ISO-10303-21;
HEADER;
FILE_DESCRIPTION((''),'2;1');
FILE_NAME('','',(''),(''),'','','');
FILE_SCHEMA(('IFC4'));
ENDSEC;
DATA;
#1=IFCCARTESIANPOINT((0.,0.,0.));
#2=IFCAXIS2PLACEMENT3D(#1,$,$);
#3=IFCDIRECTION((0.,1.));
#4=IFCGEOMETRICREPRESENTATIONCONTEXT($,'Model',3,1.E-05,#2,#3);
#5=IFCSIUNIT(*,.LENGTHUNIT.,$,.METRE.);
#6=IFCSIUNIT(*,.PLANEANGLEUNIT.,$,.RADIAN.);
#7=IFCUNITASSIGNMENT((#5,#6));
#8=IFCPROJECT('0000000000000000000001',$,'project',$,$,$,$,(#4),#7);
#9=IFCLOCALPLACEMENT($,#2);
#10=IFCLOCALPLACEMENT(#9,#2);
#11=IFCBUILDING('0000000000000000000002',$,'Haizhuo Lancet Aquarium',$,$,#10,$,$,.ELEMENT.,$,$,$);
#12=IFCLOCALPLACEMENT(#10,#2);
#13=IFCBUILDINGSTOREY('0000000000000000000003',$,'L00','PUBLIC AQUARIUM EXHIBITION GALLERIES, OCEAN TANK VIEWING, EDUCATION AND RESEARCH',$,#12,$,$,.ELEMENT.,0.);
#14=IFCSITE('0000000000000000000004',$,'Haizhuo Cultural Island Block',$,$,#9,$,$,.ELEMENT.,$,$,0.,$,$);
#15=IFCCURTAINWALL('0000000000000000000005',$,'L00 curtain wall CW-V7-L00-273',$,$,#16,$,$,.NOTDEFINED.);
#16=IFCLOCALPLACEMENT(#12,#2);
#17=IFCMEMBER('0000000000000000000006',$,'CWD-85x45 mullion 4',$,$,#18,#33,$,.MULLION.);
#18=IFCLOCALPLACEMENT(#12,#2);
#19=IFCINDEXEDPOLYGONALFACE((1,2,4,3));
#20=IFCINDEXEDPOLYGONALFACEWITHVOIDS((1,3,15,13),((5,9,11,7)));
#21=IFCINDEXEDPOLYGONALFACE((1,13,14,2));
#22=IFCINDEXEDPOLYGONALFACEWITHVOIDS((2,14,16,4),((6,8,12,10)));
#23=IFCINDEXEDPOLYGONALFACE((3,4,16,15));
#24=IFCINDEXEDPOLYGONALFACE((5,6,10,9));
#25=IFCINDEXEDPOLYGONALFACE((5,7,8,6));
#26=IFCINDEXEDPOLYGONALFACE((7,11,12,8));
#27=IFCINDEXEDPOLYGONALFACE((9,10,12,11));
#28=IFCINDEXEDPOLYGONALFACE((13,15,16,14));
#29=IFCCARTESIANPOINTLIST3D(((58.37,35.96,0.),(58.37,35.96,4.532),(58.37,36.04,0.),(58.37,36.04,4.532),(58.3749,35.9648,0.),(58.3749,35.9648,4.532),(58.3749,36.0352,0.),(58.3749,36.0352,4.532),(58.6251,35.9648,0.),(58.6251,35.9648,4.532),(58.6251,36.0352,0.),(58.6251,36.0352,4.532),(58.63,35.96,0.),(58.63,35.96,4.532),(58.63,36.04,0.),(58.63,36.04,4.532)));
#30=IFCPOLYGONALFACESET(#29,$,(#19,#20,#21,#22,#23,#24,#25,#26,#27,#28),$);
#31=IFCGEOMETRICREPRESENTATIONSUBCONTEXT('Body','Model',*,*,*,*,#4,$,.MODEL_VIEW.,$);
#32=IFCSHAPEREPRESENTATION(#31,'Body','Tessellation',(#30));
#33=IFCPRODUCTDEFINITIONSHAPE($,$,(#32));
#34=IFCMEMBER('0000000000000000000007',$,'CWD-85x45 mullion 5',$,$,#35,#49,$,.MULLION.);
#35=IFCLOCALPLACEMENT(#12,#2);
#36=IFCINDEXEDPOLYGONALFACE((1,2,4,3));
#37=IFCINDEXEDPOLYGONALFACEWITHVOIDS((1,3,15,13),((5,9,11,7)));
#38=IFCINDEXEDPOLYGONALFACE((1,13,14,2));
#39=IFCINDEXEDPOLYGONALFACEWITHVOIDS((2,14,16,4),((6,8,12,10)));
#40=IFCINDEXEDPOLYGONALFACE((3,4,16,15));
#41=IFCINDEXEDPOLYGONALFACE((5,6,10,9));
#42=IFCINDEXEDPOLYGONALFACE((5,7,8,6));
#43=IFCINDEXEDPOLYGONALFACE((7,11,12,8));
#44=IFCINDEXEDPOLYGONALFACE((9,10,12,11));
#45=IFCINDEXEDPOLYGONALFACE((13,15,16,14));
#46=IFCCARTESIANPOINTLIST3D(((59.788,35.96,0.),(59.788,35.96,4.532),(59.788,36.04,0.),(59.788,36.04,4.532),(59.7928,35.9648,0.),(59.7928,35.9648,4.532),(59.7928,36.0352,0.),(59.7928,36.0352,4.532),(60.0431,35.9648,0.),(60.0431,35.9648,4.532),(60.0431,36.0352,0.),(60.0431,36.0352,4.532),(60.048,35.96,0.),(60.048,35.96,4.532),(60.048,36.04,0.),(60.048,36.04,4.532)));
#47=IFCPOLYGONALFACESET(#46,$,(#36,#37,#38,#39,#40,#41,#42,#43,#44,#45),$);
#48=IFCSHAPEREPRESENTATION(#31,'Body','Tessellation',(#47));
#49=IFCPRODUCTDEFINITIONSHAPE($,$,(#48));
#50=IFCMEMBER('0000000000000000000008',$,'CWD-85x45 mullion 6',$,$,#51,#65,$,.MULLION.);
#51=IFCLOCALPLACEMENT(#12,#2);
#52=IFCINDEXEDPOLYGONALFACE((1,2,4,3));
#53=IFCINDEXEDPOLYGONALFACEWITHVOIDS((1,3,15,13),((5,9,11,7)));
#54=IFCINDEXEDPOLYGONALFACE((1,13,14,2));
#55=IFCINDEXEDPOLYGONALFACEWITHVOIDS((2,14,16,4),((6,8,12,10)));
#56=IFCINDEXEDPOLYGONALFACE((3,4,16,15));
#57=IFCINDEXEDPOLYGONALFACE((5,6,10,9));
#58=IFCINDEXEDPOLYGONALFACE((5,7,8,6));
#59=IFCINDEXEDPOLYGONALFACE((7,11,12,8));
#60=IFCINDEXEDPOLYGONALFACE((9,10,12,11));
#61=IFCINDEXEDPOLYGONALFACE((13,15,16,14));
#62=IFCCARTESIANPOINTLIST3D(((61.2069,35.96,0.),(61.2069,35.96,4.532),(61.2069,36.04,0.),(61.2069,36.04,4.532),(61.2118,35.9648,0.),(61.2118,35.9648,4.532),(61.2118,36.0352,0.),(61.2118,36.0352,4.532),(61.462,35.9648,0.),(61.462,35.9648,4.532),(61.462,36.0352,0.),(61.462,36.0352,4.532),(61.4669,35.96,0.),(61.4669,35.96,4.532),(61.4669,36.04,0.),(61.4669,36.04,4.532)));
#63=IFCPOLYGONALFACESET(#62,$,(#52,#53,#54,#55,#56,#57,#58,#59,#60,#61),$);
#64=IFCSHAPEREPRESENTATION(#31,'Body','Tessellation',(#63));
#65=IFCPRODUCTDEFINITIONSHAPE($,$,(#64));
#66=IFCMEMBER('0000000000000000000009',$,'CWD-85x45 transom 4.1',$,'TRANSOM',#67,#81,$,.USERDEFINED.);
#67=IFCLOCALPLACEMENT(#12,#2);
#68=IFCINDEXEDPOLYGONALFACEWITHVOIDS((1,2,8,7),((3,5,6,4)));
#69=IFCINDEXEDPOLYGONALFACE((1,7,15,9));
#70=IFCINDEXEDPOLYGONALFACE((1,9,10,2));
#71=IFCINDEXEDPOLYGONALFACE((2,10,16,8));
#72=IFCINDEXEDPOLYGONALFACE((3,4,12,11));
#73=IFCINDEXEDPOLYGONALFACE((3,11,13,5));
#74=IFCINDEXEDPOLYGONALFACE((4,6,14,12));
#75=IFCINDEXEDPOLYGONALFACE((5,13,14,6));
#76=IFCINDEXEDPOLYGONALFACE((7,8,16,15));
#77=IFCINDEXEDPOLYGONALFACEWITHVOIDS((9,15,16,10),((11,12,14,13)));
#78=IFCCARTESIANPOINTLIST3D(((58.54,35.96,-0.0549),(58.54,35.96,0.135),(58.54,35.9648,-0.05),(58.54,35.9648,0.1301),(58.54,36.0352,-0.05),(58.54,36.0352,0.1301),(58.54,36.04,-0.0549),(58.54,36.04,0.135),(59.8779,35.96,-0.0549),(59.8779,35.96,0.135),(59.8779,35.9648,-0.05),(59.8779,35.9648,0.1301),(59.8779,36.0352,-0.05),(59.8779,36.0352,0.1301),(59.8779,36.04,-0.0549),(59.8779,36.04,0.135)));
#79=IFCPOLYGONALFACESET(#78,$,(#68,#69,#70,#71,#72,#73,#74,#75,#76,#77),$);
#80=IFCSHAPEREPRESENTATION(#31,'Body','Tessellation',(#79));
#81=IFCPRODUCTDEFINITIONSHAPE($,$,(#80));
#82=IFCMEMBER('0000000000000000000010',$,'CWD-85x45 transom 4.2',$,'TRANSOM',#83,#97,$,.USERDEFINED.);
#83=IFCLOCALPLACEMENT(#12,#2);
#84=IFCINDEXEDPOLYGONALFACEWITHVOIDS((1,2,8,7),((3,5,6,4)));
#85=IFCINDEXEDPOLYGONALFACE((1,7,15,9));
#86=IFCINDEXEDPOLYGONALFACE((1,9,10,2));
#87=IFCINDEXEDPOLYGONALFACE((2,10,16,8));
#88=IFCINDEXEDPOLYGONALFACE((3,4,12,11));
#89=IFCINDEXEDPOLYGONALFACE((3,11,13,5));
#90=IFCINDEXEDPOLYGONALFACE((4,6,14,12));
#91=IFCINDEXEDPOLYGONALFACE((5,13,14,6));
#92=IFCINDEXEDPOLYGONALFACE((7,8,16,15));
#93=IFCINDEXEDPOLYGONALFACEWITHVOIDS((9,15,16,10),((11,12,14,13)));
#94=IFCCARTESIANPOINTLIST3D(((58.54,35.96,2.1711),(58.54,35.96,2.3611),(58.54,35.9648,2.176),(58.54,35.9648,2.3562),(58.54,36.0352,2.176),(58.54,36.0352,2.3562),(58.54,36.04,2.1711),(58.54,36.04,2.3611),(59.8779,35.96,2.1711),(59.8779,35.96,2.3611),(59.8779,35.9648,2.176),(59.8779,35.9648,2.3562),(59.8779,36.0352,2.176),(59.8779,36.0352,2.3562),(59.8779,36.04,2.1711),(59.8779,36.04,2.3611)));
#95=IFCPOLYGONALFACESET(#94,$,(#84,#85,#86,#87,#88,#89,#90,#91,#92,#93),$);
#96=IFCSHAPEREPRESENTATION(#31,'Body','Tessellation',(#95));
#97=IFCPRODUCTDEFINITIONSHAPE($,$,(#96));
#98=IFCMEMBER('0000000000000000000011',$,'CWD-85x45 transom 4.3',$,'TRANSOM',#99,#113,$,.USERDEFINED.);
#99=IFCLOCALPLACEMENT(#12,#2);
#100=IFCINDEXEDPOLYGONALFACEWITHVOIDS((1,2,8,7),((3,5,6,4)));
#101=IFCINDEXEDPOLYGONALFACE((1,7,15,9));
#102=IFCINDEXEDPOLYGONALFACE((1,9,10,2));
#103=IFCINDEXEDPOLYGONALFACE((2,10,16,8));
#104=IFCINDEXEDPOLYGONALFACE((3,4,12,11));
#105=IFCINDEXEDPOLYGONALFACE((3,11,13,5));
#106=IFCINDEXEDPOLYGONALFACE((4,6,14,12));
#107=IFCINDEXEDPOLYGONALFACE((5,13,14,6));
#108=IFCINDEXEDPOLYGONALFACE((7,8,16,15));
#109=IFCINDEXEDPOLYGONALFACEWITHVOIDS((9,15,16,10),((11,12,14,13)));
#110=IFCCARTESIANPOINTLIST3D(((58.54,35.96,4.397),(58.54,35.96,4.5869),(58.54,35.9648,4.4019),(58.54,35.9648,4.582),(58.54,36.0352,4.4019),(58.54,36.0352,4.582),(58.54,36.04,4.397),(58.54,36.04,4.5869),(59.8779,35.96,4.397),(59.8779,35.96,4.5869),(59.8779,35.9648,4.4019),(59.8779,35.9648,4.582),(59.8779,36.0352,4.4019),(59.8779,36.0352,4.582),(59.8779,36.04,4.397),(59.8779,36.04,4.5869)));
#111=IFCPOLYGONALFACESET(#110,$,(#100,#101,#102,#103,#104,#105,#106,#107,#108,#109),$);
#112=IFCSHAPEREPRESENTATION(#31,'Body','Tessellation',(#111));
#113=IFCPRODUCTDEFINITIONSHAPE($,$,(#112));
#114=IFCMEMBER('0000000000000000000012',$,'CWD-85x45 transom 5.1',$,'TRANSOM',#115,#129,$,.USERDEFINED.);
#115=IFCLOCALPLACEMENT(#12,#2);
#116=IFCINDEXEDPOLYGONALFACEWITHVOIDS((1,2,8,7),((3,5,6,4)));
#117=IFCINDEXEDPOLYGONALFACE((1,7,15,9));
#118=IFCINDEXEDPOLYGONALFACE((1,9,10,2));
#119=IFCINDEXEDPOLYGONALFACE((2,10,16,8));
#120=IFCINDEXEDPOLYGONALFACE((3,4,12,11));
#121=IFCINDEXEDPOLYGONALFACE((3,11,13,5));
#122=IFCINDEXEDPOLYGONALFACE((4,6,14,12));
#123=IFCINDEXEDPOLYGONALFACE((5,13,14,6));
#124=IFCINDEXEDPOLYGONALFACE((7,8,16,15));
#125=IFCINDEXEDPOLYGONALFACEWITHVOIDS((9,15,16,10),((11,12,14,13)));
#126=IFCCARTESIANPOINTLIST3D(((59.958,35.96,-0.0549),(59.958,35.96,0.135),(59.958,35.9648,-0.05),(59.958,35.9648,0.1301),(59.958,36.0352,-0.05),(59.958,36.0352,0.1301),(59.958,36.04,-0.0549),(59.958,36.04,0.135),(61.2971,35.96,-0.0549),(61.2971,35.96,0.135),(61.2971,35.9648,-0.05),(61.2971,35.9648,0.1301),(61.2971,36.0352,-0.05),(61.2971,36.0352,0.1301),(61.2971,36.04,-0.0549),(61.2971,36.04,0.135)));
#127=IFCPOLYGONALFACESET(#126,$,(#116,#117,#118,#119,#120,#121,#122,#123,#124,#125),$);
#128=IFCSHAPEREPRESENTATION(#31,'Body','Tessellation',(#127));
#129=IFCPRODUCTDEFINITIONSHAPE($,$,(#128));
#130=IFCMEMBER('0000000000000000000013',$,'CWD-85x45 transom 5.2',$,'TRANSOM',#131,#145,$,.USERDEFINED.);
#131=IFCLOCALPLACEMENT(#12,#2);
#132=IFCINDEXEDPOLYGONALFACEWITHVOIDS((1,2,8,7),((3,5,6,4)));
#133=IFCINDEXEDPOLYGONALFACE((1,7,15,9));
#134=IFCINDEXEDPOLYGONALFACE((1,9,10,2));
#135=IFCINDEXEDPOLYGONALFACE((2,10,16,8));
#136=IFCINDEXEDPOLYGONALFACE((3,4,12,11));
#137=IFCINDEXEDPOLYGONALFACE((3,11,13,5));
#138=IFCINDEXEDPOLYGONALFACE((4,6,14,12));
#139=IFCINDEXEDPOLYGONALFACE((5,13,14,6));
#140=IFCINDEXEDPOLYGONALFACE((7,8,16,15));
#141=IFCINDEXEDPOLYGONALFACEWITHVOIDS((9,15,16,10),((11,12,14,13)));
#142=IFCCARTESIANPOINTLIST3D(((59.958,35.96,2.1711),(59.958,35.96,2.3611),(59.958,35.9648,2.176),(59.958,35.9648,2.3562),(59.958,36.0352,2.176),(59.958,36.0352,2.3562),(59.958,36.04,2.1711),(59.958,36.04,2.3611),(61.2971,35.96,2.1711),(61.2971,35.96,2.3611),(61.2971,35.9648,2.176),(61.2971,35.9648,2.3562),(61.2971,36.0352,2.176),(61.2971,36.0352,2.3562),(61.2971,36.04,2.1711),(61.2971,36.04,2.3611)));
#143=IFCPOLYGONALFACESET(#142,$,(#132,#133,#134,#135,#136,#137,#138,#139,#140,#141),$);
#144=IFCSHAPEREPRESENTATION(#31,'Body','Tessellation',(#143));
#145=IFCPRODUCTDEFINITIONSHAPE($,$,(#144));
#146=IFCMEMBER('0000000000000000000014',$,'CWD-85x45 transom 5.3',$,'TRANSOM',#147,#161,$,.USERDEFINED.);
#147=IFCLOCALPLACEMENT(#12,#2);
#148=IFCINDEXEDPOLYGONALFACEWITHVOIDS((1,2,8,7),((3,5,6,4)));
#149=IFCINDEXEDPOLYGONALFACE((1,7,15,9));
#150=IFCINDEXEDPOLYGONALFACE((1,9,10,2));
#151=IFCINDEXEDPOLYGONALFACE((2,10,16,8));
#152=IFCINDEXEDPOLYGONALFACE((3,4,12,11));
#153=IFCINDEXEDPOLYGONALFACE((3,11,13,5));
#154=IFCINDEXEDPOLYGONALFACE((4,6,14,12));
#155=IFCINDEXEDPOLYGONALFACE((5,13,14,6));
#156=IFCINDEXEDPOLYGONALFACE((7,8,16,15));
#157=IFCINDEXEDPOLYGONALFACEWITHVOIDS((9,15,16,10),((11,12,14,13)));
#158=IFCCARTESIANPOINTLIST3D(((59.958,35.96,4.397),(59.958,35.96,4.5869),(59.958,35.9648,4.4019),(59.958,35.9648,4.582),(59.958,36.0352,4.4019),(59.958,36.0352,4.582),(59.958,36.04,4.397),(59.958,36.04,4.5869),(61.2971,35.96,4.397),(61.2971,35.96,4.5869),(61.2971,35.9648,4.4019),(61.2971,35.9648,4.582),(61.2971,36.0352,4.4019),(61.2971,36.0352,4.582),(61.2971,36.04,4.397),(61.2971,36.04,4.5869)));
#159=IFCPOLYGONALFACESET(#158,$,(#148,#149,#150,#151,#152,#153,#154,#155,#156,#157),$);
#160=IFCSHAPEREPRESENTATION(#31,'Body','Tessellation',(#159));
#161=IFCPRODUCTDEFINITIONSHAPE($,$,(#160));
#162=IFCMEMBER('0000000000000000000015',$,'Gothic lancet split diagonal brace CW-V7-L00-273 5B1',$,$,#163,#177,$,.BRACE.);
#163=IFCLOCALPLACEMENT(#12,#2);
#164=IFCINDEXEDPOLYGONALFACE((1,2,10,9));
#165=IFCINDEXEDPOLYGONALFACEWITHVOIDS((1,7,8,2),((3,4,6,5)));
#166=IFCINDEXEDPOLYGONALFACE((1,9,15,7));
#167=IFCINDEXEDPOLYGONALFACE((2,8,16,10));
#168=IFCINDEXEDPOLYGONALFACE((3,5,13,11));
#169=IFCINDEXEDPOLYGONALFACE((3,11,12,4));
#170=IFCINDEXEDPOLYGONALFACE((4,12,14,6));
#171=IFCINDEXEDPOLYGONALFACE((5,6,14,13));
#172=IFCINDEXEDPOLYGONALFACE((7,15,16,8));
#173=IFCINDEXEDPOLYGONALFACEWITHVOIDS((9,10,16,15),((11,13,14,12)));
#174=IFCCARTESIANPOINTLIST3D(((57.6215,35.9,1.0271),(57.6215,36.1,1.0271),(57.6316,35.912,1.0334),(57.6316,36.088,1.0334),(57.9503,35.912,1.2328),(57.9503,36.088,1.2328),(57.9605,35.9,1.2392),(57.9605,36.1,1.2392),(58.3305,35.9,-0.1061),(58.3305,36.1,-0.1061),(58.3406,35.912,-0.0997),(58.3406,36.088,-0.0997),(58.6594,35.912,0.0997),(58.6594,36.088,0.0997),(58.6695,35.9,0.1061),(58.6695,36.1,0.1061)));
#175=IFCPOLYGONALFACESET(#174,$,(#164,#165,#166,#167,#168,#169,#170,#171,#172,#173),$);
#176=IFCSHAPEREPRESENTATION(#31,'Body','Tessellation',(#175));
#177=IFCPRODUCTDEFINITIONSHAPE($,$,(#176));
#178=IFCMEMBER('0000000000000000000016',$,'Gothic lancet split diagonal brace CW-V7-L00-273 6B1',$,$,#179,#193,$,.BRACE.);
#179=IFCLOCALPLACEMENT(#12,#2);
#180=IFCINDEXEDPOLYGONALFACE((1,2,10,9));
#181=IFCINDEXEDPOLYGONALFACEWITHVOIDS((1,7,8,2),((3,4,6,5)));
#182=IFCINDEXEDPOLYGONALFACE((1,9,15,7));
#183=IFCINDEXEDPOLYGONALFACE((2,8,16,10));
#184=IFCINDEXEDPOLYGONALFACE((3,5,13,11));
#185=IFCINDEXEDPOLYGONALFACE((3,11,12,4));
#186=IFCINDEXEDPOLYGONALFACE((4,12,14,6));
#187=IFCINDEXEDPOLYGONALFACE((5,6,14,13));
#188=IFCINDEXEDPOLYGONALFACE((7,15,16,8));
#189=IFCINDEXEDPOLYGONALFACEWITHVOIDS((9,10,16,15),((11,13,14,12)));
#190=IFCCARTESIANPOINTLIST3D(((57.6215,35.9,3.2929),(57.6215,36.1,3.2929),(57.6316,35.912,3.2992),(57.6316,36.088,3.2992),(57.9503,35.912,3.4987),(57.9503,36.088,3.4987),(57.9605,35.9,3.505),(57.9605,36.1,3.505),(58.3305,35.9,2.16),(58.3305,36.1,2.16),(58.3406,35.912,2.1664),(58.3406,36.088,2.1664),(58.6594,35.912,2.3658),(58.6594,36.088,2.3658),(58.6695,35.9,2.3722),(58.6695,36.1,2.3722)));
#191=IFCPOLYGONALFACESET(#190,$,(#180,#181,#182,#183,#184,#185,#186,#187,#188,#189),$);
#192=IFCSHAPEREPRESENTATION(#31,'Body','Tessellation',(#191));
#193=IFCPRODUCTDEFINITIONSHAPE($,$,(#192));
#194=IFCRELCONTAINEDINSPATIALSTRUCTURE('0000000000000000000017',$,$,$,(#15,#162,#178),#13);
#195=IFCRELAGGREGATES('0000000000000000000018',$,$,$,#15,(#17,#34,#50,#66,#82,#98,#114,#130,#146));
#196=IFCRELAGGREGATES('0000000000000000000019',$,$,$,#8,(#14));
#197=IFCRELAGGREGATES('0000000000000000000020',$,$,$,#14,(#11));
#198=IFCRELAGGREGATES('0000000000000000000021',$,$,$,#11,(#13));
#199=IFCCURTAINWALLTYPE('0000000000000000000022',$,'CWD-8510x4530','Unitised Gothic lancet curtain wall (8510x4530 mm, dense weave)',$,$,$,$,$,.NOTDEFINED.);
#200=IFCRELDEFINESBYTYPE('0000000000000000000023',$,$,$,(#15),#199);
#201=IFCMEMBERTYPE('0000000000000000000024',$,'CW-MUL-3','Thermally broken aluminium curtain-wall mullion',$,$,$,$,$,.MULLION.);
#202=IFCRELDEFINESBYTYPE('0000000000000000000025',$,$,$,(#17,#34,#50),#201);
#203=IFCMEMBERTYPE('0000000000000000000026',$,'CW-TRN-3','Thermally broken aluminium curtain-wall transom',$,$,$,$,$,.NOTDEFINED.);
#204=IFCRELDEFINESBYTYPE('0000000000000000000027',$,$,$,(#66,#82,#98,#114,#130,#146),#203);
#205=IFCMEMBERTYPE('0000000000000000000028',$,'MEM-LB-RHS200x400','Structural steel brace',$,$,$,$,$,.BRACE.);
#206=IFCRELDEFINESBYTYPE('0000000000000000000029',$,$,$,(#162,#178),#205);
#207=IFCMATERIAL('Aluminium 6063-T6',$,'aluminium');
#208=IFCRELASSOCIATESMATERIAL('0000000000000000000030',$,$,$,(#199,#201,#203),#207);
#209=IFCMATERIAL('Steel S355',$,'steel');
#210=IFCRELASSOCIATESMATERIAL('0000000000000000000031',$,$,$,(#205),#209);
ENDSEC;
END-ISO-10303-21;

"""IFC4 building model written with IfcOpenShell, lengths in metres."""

from ifc_helpers import new_model, si_unit, direction, frame, origin, origin_2d, place, context, subcontext, project, spatial, hollow_rectangle, extrude, material, material_profile, profile_set, type_object, element, aggregate, save


model = new_model("IFC4")

# Units and contexts
model_context = context("Model", 3, precision=1e-05, world=origin(), true_north=direction((0.0, 1.0)))
body_context = subcontext(model_context, "Body", "Model", "MODEL_VIEW")
ifc_project = project(units=[si_unit("LENGTHUNIT", "METRE"), si_unit("PLANEANGLEUNIT", "RADIAN")], contexts=[model_context])

# Site, building, storey
site_placement = place(None, origin())
site = spatial("IfcSite", under=ifc_project, at=site_placement, Name="Haizhuo Cultural Island Block", CompositionType="ELEMENT", RefElevation=0.0)
building_placement = place(site_placement, origin())
building = spatial("IfcBuilding", under=site, at=building_placement, Name="Haizhuo Lancet Aquarium", CompositionType="ELEMENT")
storey_placement = place(building_placement, origin())
storey = spatial("IfcBuildingStorey", under=building, at=storey_placement, Name="L00", Description="PUBLIC AQUARIUM EXHIBITION GALLERIES, OCEAN TANK VIEWING, EDUCATION AND RESEARCH", CompositionType="ELEMENT", Elevation=0.0)

# Curtain wall, members
ifc_material_1 = material(Name="Aluminium 6063-T6", Category="aluminium")
curtain_wall_type = type_object("IfcCurtainWallType", Name="CWD-8510x4530", Description="Unitised Gothic lancet curtain wall (8510x4530 mm, dense weave)", PredefinedType="NOTDEFINED", material=ifc_material_1)
curtain_wall_placement = place(storey_placement, origin())
curtain_wall = element("IfcCurtainWall", 1, at=curtain_wall_placement, inside=storey, type_object=curtain_wall_type, Name="L00 curtain wall CW-V7-L00-273", PredefinedType="NOTDEFINED")
ifc_material_profile_1 = material_profile(ifc_material_1, hollow_rectangle(XDim=0.0801, YDim=0.26, WallThickness=0.0049, at=origin_2d()), Name="ALU-M 80x260x5")
ifc_profile_set_1 = profile_set([ifc_material_profile_1], Name="Aluminium 6063-T6")
member_type_1 = type_object("IfcMemberType", Name="CW-MUL-3", Description="Thermally broken aluminium curtain-wall mullion", PredefinedType="MULLION", material=ifc_profile_set_1)
member_1_placement = place(storey_placement, frame((58.5, 36.0, 0.0), z_axis=(0.0, 0.0, 1.0), x_axis=(0.0, 1.0, 0.0)))
member_1 = element("IfcMember", 2, at=member_1_placement, type_object=member_type_1, Name="CWD-85x45 mullion 4", PredefinedType="MULLION", context=body_context, shape_type="SweptSolid", body=[
    extrude(hollow_rectangle(XDim=0.0801, YDim=0.26, WallThickness=0.0049, at=origin_2d()), origin(), (0.0, 0.0, 1.0), 4.532),
])
member_2_placement = place(storey_placement, frame((59.918, 36.0, 0.0), z_axis=(0.0, 0.0, 1.0), x_axis=(0.0, 1.0, 0.0)))
member_2 = element("IfcMember", 3, at=member_2_placement, type_object=member_type_1, Name="CWD-85x45 mullion 5", PredefinedType="MULLION", context=body_context, shape_type="SweptSolid", body=[
    extrude(hollow_rectangle(XDim=0.0801, YDim=0.26, WallThickness=0.0049, at=origin_2d()), origin(), (0.0, 0.0, 1.0), 4.532),
])
member_3_placement = place(storey_placement, frame((61.3369, 36.0, 0.0), z_axis=(0.0, 0.0, 1.0), x_axis=(0.0, 1.0, 0.0)))
member_3 = element("IfcMember", 4, at=member_3_placement, type_object=member_type_1, Name="CWD-85x45 mullion 6", PredefinedType="MULLION", context=body_context, shape_type="SweptSolid", body=[
    extrude(hollow_rectangle(XDim=0.0801, YDim=0.26, WallThickness=0.0049, at=origin_2d()), origin(), (0.0, 0.0, 1.0), 4.532),
])
ifc_material_profile_2 = material_profile(ifc_material_1, hollow_rectangle(XDim=0.0801, YDim=0.1899, WallThickness=0.0049, at=origin_2d()), Name="ALU-T 80x190x5")
ifc_profile_set_2 = profile_set([ifc_material_profile_2], Name="Aluminium 6063-T6")
member_type_2 = type_object("IfcMemberType", Name="CW-TRN-3", Description="Thermally broken aluminium curtain-wall transom", PredefinedType="NOTDEFINED", material=ifc_profile_set_2)
member_4_placement = place(storey_placement, frame((58.54, 36.0, 0.04), z_axis=(1.0, 0.0, 0.0), x_axis=(0.0, 1.0, 0.0)))
member_4 = element("IfcMember", 5, at=member_4_placement, type_object=member_type_2, Name="CWD-85x45 transom 4.1", ObjectType="TRANSOM", PredefinedType="USERDEFINED", context=body_context, shape_type="SweptSolid", body=[
    extrude(hollow_rectangle(XDim=0.0801, YDim=0.1899, WallThickness=0.0049, at=origin_2d()), origin(), (0.0, 0.0, 1.0), 1.3379),
])
member_5_placement = place(storey_placement, frame((58.54, 36.0, 2.2661), z_axis=(1.0, 0.0, 0.0), x_axis=(0.0, 1.0, 0.0)))
member_5 = element("IfcMember", 6, at=member_5_placement, type_object=member_type_2, Name="CWD-85x45 transom 4.2", ObjectType="TRANSOM", PredefinedType="USERDEFINED", context=body_context, shape_type="SweptSolid", body=[
    extrude(hollow_rectangle(XDim=0.0801, YDim=0.1899, WallThickness=0.0049, at=origin_2d()), origin(), (0.0, 0.0, 1.0), 1.3379),
])
member_6_placement = place(storey_placement, frame((58.54, 36.0, 4.4919), z_axis=(1.0, 0.0, 0.0), x_axis=(0.0, 1.0, 0.0)))
member_6 = element("IfcMember", 7, at=member_6_placement, type_object=member_type_2, Name="CWD-85x45 transom 4.3", ObjectType="TRANSOM", PredefinedType="USERDEFINED", context=body_context, shape_type="SweptSolid", body=[
    extrude(hollow_rectangle(XDim=0.0801, YDim=0.1899, WallThickness=0.0049, at=origin_2d()), origin(), (0.0, 0.0, 1.0), 1.3379),
])
member_7_placement = place(storey_placement, frame((59.958, 36.0, 0.04), z_axis=(1.0, 0.0, 0.0), x_axis=(0.0, 1.0, 0.0)))
member_7 = element("IfcMember", 8, at=member_7_placement, type_object=member_type_2, Name="CWD-85x45 transom 5.1", ObjectType="TRANSOM", PredefinedType="USERDEFINED", context=body_context, shape_type="SweptSolid", body=[
    extrude(hollow_rectangle(XDim=0.0801, YDim=0.1899, WallThickness=0.0049, at=origin_2d()), origin(), (0.0, 0.0, 1.0), 1.3391),
])
member_8_placement = place(storey_placement, frame((59.958, 36.0, 2.2661), z_axis=(1.0, 0.0, 0.0), x_axis=(0.0, 1.0, 0.0)))
member_8 = element("IfcMember", 9, at=member_8_placement, type_object=member_type_2, Name="CWD-85x45 transom 5.2", ObjectType="TRANSOM", PredefinedType="USERDEFINED", context=body_context, shape_type="SweptSolid", body=[
    extrude(hollow_rectangle(XDim=0.0801, YDim=0.1899, WallThickness=0.0049, at=origin_2d()), origin(), (0.0, 0.0, 1.0), 1.3391),
])
member_9_placement = place(storey_placement, frame((59.958, 36.0, 4.4919), z_axis=(1.0, 0.0, 0.0), x_axis=(0.0, 1.0, 0.0)))
member_9 = element("IfcMember", 10, at=member_9_placement, type_object=member_type_2, Name="CWD-85x45 transom 5.3", ObjectType="TRANSOM", PredefinedType="USERDEFINED", context=body_context, shape_type="SweptSolid", body=[
    extrude(hollow_rectangle(XDim=0.0801, YDim=0.1899, WallThickness=0.0049, at=origin_2d()), origin(), (0.0, 0.0, 1.0), 1.3391),
])

# Members
ifc_material_2 = material(Name="Steel S355", Category="steel")
ifc_material_profile_3 = material_profile(ifc_material_2, hollow_rectangle(XDim=0.2, YDim=0.3999, WallThickness=0.012, at=origin_2d()), Name="RHS 200x400x12")
ifc_profile_set_3 = profile_set([ifc_material_profile_3], Name="Steel S355")
member_type_3 = type_object("IfcMemberType", Name="MEM-LB-RHS200x400", Description="Structural steel brace", PredefinedType="BRACE", material=ifc_profile_set_3)
member_10_placement = place(storey_placement, frame((58.5, 36.0, 0.0), z_axis=(-0.530442, 0.0, 0.847721), x_axis=(0.0, -1.0, 0.0)))
element("IfcMember", 11, at=member_10_placement, inside=storey, type_object=member_type_3, Name="Gothic lancet split diagonal brace CW-V7-L00-273 5B1", PredefinedType="BRACE", context=body_context, shape_type="SweptSolid", body=[
    extrude(hollow_rectangle(XDim=0.2, YDim=0.3999, WallThickness=0.012, at=origin_2d()), origin(), (0.0, 0.0, 1.0), 1.3367),
])
member_11_placement = place(storey_placement, frame((58.5, 36.0, 2.2661), z_axis=(-0.530524, 0.0, 0.84767), x_axis=(0.0, -1.0, 0.0)))
element("IfcMember", 12, at=member_11_placement, inside=storey, type_object=member_type_3, Name="Gothic lancet split diagonal brace CW-V7-L00-273 6B1", PredefinedType="BRACE", context=body_context, shape_type="SweptSolid", body=[
    extrude(hollow_rectangle(XDim=0.2, YDim=0.3999, WallThickness=0.012, at=origin_2d()), origin(), (0.0, 0.0, 1.0), 1.3364),
])

aggregate(curtain_wall, [member_1, member_2, member_3, member_4, member_5, member_6, member_7, member_8, member_9])

save(model, "model.ifc")
